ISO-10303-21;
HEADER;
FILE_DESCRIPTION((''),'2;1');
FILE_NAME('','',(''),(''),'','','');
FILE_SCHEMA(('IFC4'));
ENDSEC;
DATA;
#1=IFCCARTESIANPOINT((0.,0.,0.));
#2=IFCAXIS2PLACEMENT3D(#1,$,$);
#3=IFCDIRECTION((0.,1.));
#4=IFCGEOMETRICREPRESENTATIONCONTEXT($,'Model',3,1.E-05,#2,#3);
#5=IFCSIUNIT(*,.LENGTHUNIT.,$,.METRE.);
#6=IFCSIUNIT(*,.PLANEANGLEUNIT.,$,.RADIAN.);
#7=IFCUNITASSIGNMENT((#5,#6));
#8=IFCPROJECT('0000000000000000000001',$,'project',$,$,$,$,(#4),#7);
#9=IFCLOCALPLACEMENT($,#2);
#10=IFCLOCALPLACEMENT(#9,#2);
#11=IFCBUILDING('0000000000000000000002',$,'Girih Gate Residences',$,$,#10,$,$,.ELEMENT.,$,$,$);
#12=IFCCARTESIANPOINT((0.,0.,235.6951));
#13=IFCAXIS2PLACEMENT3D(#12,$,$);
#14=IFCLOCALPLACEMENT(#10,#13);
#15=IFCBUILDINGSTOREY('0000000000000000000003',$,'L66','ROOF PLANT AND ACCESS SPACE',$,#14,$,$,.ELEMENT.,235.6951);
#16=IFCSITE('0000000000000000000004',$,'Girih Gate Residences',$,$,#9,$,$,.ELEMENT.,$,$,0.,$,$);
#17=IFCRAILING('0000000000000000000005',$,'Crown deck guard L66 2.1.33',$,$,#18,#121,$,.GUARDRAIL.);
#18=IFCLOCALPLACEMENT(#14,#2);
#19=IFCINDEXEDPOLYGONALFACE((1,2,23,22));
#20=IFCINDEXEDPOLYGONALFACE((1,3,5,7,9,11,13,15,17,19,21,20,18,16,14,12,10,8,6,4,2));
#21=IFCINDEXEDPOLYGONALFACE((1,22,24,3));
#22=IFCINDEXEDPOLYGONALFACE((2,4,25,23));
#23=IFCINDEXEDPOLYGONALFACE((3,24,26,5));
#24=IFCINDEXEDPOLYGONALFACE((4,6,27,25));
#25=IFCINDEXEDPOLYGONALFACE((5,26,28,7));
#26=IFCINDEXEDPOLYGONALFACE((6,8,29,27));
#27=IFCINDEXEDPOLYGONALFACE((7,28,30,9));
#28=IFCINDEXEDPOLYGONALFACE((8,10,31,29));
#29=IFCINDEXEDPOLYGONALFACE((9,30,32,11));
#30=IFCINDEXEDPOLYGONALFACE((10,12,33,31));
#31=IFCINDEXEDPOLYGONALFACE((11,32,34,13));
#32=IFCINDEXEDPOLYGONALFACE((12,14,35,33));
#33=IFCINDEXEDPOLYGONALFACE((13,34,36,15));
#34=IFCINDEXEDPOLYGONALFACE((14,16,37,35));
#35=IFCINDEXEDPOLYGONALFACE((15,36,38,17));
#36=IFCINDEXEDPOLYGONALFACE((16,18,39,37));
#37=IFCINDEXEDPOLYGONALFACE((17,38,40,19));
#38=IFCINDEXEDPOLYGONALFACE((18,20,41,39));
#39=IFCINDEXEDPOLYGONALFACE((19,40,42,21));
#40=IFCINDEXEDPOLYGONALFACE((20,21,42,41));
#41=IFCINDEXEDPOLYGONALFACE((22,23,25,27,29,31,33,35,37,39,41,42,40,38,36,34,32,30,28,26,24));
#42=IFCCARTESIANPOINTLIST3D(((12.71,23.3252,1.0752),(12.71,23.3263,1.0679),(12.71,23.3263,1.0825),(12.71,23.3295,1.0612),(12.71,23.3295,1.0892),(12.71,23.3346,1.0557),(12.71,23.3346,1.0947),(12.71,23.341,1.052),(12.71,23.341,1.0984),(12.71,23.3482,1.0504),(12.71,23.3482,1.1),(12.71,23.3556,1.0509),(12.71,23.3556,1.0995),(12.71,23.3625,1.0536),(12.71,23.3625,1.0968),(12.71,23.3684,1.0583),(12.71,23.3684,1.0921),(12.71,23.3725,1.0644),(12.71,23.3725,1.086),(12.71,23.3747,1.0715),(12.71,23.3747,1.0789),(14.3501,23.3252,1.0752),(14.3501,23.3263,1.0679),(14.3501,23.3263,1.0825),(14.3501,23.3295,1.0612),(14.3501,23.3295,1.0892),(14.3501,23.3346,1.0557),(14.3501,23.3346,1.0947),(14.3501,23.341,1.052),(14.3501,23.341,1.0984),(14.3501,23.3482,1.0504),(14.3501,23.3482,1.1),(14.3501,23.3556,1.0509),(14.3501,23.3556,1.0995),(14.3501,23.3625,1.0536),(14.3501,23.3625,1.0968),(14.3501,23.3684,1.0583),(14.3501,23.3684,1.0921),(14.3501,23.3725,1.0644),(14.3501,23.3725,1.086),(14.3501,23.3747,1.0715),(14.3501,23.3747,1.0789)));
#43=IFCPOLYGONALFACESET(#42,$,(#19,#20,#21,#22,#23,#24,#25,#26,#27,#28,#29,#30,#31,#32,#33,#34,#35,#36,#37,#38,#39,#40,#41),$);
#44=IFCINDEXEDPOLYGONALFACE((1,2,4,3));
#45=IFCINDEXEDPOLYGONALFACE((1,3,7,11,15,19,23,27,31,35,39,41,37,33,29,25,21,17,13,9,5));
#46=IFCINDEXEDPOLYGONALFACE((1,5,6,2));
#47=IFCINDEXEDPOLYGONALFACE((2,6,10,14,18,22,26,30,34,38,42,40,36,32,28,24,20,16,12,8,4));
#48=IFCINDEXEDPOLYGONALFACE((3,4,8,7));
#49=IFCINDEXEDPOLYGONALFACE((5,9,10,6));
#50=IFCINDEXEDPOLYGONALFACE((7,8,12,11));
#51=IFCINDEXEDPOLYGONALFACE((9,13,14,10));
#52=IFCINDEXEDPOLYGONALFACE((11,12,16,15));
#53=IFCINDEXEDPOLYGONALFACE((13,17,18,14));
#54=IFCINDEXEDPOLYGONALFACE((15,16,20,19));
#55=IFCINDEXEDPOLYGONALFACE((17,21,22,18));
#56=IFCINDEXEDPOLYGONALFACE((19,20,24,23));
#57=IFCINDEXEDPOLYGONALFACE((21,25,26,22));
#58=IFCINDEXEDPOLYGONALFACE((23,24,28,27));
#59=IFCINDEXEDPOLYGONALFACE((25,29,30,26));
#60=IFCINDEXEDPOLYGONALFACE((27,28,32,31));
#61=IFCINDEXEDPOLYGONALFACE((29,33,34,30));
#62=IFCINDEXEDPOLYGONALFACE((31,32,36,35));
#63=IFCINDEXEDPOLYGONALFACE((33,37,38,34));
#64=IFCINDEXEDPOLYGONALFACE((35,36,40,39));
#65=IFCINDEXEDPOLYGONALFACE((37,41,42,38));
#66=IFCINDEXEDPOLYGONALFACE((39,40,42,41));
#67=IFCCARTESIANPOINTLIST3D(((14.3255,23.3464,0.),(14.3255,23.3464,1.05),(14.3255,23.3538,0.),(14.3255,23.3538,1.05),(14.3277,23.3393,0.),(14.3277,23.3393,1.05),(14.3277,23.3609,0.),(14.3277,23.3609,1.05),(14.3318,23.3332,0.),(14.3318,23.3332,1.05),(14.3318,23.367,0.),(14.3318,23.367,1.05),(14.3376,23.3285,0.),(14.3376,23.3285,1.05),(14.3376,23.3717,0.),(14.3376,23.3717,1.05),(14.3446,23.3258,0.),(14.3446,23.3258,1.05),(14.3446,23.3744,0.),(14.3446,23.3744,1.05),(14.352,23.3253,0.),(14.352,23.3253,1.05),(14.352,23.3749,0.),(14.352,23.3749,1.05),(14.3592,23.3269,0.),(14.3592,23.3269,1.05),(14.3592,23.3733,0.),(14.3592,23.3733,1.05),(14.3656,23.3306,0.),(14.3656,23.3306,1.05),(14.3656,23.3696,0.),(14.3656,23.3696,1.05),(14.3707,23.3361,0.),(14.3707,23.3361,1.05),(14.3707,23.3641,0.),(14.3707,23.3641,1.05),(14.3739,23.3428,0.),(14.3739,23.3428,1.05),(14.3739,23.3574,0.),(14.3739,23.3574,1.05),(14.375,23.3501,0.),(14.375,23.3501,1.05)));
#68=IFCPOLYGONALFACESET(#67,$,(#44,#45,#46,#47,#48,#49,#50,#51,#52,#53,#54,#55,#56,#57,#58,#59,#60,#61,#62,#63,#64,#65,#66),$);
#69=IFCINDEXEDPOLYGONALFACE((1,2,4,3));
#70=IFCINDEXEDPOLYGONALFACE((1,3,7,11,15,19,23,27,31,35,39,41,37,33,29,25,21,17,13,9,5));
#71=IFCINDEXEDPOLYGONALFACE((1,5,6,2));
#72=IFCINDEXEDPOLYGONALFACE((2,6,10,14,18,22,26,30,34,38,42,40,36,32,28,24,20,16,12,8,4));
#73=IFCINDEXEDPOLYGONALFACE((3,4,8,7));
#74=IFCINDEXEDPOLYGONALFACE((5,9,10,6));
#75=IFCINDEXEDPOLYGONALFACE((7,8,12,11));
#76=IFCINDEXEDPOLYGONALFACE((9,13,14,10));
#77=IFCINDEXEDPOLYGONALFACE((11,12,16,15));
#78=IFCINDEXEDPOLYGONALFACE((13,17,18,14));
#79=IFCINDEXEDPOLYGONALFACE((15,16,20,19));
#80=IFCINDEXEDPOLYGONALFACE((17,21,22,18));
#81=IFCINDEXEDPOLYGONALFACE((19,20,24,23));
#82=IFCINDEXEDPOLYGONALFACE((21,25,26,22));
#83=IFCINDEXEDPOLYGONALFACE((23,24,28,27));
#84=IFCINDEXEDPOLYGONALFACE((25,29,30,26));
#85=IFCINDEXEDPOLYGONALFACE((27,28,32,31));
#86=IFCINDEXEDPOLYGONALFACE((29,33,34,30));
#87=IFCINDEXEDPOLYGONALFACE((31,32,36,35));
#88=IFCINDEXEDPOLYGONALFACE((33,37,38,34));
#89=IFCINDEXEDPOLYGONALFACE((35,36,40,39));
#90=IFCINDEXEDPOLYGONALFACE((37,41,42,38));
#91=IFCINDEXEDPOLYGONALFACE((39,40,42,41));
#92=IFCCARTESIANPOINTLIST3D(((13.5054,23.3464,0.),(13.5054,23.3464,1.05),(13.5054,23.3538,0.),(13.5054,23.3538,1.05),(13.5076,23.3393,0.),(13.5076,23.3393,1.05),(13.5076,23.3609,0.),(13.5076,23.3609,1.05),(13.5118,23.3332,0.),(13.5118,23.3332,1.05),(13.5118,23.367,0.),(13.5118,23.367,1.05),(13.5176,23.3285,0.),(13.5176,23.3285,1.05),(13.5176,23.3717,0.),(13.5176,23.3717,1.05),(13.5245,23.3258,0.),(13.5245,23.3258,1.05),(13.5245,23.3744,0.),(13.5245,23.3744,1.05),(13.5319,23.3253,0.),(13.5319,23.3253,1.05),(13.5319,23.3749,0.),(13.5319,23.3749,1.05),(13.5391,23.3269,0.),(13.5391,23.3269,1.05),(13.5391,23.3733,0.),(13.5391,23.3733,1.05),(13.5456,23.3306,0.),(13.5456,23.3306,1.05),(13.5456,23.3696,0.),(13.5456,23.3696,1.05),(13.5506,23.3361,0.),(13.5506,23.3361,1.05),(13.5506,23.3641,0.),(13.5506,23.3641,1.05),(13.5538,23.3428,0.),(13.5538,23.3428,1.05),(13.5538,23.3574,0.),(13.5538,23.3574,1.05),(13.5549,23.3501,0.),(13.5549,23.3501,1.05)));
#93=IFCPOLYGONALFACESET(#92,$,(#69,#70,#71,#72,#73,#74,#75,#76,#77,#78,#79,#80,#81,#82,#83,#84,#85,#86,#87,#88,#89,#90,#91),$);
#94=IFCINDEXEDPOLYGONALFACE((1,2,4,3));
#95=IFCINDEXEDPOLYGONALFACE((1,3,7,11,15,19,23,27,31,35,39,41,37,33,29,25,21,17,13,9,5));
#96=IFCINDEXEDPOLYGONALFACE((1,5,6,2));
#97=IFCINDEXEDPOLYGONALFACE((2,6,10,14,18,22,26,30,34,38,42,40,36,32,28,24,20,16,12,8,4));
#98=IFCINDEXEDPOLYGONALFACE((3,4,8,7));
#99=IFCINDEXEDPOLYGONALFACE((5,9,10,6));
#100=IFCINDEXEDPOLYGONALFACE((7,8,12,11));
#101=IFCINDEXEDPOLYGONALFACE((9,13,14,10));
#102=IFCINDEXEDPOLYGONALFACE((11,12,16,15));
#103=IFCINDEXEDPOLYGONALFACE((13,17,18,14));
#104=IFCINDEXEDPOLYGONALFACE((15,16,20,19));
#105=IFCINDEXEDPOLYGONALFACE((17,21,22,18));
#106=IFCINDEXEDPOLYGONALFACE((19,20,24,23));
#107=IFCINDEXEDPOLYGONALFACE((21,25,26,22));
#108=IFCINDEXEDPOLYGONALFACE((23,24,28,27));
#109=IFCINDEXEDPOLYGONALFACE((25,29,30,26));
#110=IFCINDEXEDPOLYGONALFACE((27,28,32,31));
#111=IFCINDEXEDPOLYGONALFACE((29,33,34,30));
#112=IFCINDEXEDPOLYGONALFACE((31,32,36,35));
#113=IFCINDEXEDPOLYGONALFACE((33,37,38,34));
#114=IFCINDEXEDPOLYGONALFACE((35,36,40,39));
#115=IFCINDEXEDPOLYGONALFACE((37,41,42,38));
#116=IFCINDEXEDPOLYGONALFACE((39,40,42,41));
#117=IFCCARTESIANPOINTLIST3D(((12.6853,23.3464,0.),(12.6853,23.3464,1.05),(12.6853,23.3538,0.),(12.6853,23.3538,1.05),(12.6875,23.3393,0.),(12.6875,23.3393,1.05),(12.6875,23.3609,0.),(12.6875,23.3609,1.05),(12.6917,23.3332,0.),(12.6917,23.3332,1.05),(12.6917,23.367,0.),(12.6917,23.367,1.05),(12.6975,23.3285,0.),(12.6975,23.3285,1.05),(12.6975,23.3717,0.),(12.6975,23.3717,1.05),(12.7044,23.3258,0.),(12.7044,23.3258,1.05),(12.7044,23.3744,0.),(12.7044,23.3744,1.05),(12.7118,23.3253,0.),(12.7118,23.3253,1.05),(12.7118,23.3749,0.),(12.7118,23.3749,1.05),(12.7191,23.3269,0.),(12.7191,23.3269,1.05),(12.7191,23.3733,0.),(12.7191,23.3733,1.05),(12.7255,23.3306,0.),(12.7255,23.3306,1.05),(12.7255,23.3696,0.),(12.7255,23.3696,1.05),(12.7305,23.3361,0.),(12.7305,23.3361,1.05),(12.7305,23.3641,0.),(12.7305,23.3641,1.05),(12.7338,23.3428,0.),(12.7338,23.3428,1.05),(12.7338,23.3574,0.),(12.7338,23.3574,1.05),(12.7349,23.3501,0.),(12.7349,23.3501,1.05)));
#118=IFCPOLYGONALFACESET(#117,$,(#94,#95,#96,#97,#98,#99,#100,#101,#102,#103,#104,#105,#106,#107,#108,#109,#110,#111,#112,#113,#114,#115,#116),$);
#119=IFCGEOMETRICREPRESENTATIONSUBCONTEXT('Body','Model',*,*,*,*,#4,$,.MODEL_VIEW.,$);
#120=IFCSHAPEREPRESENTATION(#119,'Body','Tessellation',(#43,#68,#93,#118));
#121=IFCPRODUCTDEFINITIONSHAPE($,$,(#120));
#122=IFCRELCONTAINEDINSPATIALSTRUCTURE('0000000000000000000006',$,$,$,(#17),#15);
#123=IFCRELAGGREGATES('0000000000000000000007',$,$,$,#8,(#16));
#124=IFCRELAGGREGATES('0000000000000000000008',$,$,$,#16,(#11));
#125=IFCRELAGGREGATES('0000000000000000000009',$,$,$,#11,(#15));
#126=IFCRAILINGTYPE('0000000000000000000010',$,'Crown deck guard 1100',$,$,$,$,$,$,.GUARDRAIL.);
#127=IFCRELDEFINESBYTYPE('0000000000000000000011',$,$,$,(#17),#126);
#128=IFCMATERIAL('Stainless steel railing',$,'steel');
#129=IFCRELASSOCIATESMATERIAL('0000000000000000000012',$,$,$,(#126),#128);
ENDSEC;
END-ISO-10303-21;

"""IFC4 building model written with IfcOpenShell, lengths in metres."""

from ifc_helpers import new_model, si_unit, direction, frame, origin, origin_2d, place, context, subcontext, project, spatial, circle, extrude, material, type_object, element, save


model = new_model("IFC4")

# Units and contexts
model_context = context("Model", 3, precision=1e-05, world=origin(), true_north=direction((0.0, 1.0)))
body_context = subcontext(model_context, "Body", "Model", "MODEL_VIEW")
ifc_project = project(units=[si_unit("LENGTHUNIT", "METRE"), si_unit("PLANEANGLEUNIT", "RADIAN")], contexts=[model_context])

# Site, building, storey
site_placement = place(None, origin())
site = spatial("IfcSite", under=ifc_project, at=site_placement, Name="Girih Gate Residences", CompositionType="ELEMENT", RefElevation=0.0)
building_placement = place(site_placement, origin())
building = spatial("IfcBuilding", under=site, at=building_placement, Name="Girih Gate Residences", CompositionType="ELEMENT")
storey_placement = place(building_placement, frame((0.0, 0.0, 235.6951)))
storey = spatial("IfcBuildingStorey", under=building, at=storey_placement, Name="L66", Description="ROOF PLANT AND ACCESS SPACE", CompositionType="ELEMENT", Elevation=235.6951)

# Railing
ifc_material_1 = material(Name="Stainless steel railing", Category="steel")
railing_type = type_object("IfcRailingType", Name="Crown deck guard 1100", PredefinedType="GUARDRAIL", material=ifc_material_1)
railing_1_placement = place(storey_placement, frame((14.3501, 23.3501, 0.0)))
element("IfcRailing", 1, at=railing_1_placement, inside=storey, type_object=railing_type, Name="Crown deck guard L66 2.1.33", PredefinedType="GUARDRAIL", context=body_context, shape_type="SweptSolid", body=[
    extrude(circle(Radius=0.0249, at=origin_2d()), frame((0.0, 0.0, 1.0752), z_axis=(-1.0, 0.0, 0.0), x_axis=(0.0, -1.0, 0.0)), (0.0, 0.0, 1.0), 1.6401),
    extrude(circle(Radius=0.0249, at=origin_2d()), origin(), (0.0, 0.0, 1.0), 1.05),
    extrude(circle(Radius=0.0249, at=origin_2d()), frame((-0.8201, 0.0, 0.0)), (0.0, 0.0, 1.0), 1.05),
    extrude(circle(Radius=0.0249, at=origin_2d()), frame((-1.6401, 0.0, 0.0)), (0.0, 0.0, 1.0), 1.05),
])

save(model, "model.ifc")
